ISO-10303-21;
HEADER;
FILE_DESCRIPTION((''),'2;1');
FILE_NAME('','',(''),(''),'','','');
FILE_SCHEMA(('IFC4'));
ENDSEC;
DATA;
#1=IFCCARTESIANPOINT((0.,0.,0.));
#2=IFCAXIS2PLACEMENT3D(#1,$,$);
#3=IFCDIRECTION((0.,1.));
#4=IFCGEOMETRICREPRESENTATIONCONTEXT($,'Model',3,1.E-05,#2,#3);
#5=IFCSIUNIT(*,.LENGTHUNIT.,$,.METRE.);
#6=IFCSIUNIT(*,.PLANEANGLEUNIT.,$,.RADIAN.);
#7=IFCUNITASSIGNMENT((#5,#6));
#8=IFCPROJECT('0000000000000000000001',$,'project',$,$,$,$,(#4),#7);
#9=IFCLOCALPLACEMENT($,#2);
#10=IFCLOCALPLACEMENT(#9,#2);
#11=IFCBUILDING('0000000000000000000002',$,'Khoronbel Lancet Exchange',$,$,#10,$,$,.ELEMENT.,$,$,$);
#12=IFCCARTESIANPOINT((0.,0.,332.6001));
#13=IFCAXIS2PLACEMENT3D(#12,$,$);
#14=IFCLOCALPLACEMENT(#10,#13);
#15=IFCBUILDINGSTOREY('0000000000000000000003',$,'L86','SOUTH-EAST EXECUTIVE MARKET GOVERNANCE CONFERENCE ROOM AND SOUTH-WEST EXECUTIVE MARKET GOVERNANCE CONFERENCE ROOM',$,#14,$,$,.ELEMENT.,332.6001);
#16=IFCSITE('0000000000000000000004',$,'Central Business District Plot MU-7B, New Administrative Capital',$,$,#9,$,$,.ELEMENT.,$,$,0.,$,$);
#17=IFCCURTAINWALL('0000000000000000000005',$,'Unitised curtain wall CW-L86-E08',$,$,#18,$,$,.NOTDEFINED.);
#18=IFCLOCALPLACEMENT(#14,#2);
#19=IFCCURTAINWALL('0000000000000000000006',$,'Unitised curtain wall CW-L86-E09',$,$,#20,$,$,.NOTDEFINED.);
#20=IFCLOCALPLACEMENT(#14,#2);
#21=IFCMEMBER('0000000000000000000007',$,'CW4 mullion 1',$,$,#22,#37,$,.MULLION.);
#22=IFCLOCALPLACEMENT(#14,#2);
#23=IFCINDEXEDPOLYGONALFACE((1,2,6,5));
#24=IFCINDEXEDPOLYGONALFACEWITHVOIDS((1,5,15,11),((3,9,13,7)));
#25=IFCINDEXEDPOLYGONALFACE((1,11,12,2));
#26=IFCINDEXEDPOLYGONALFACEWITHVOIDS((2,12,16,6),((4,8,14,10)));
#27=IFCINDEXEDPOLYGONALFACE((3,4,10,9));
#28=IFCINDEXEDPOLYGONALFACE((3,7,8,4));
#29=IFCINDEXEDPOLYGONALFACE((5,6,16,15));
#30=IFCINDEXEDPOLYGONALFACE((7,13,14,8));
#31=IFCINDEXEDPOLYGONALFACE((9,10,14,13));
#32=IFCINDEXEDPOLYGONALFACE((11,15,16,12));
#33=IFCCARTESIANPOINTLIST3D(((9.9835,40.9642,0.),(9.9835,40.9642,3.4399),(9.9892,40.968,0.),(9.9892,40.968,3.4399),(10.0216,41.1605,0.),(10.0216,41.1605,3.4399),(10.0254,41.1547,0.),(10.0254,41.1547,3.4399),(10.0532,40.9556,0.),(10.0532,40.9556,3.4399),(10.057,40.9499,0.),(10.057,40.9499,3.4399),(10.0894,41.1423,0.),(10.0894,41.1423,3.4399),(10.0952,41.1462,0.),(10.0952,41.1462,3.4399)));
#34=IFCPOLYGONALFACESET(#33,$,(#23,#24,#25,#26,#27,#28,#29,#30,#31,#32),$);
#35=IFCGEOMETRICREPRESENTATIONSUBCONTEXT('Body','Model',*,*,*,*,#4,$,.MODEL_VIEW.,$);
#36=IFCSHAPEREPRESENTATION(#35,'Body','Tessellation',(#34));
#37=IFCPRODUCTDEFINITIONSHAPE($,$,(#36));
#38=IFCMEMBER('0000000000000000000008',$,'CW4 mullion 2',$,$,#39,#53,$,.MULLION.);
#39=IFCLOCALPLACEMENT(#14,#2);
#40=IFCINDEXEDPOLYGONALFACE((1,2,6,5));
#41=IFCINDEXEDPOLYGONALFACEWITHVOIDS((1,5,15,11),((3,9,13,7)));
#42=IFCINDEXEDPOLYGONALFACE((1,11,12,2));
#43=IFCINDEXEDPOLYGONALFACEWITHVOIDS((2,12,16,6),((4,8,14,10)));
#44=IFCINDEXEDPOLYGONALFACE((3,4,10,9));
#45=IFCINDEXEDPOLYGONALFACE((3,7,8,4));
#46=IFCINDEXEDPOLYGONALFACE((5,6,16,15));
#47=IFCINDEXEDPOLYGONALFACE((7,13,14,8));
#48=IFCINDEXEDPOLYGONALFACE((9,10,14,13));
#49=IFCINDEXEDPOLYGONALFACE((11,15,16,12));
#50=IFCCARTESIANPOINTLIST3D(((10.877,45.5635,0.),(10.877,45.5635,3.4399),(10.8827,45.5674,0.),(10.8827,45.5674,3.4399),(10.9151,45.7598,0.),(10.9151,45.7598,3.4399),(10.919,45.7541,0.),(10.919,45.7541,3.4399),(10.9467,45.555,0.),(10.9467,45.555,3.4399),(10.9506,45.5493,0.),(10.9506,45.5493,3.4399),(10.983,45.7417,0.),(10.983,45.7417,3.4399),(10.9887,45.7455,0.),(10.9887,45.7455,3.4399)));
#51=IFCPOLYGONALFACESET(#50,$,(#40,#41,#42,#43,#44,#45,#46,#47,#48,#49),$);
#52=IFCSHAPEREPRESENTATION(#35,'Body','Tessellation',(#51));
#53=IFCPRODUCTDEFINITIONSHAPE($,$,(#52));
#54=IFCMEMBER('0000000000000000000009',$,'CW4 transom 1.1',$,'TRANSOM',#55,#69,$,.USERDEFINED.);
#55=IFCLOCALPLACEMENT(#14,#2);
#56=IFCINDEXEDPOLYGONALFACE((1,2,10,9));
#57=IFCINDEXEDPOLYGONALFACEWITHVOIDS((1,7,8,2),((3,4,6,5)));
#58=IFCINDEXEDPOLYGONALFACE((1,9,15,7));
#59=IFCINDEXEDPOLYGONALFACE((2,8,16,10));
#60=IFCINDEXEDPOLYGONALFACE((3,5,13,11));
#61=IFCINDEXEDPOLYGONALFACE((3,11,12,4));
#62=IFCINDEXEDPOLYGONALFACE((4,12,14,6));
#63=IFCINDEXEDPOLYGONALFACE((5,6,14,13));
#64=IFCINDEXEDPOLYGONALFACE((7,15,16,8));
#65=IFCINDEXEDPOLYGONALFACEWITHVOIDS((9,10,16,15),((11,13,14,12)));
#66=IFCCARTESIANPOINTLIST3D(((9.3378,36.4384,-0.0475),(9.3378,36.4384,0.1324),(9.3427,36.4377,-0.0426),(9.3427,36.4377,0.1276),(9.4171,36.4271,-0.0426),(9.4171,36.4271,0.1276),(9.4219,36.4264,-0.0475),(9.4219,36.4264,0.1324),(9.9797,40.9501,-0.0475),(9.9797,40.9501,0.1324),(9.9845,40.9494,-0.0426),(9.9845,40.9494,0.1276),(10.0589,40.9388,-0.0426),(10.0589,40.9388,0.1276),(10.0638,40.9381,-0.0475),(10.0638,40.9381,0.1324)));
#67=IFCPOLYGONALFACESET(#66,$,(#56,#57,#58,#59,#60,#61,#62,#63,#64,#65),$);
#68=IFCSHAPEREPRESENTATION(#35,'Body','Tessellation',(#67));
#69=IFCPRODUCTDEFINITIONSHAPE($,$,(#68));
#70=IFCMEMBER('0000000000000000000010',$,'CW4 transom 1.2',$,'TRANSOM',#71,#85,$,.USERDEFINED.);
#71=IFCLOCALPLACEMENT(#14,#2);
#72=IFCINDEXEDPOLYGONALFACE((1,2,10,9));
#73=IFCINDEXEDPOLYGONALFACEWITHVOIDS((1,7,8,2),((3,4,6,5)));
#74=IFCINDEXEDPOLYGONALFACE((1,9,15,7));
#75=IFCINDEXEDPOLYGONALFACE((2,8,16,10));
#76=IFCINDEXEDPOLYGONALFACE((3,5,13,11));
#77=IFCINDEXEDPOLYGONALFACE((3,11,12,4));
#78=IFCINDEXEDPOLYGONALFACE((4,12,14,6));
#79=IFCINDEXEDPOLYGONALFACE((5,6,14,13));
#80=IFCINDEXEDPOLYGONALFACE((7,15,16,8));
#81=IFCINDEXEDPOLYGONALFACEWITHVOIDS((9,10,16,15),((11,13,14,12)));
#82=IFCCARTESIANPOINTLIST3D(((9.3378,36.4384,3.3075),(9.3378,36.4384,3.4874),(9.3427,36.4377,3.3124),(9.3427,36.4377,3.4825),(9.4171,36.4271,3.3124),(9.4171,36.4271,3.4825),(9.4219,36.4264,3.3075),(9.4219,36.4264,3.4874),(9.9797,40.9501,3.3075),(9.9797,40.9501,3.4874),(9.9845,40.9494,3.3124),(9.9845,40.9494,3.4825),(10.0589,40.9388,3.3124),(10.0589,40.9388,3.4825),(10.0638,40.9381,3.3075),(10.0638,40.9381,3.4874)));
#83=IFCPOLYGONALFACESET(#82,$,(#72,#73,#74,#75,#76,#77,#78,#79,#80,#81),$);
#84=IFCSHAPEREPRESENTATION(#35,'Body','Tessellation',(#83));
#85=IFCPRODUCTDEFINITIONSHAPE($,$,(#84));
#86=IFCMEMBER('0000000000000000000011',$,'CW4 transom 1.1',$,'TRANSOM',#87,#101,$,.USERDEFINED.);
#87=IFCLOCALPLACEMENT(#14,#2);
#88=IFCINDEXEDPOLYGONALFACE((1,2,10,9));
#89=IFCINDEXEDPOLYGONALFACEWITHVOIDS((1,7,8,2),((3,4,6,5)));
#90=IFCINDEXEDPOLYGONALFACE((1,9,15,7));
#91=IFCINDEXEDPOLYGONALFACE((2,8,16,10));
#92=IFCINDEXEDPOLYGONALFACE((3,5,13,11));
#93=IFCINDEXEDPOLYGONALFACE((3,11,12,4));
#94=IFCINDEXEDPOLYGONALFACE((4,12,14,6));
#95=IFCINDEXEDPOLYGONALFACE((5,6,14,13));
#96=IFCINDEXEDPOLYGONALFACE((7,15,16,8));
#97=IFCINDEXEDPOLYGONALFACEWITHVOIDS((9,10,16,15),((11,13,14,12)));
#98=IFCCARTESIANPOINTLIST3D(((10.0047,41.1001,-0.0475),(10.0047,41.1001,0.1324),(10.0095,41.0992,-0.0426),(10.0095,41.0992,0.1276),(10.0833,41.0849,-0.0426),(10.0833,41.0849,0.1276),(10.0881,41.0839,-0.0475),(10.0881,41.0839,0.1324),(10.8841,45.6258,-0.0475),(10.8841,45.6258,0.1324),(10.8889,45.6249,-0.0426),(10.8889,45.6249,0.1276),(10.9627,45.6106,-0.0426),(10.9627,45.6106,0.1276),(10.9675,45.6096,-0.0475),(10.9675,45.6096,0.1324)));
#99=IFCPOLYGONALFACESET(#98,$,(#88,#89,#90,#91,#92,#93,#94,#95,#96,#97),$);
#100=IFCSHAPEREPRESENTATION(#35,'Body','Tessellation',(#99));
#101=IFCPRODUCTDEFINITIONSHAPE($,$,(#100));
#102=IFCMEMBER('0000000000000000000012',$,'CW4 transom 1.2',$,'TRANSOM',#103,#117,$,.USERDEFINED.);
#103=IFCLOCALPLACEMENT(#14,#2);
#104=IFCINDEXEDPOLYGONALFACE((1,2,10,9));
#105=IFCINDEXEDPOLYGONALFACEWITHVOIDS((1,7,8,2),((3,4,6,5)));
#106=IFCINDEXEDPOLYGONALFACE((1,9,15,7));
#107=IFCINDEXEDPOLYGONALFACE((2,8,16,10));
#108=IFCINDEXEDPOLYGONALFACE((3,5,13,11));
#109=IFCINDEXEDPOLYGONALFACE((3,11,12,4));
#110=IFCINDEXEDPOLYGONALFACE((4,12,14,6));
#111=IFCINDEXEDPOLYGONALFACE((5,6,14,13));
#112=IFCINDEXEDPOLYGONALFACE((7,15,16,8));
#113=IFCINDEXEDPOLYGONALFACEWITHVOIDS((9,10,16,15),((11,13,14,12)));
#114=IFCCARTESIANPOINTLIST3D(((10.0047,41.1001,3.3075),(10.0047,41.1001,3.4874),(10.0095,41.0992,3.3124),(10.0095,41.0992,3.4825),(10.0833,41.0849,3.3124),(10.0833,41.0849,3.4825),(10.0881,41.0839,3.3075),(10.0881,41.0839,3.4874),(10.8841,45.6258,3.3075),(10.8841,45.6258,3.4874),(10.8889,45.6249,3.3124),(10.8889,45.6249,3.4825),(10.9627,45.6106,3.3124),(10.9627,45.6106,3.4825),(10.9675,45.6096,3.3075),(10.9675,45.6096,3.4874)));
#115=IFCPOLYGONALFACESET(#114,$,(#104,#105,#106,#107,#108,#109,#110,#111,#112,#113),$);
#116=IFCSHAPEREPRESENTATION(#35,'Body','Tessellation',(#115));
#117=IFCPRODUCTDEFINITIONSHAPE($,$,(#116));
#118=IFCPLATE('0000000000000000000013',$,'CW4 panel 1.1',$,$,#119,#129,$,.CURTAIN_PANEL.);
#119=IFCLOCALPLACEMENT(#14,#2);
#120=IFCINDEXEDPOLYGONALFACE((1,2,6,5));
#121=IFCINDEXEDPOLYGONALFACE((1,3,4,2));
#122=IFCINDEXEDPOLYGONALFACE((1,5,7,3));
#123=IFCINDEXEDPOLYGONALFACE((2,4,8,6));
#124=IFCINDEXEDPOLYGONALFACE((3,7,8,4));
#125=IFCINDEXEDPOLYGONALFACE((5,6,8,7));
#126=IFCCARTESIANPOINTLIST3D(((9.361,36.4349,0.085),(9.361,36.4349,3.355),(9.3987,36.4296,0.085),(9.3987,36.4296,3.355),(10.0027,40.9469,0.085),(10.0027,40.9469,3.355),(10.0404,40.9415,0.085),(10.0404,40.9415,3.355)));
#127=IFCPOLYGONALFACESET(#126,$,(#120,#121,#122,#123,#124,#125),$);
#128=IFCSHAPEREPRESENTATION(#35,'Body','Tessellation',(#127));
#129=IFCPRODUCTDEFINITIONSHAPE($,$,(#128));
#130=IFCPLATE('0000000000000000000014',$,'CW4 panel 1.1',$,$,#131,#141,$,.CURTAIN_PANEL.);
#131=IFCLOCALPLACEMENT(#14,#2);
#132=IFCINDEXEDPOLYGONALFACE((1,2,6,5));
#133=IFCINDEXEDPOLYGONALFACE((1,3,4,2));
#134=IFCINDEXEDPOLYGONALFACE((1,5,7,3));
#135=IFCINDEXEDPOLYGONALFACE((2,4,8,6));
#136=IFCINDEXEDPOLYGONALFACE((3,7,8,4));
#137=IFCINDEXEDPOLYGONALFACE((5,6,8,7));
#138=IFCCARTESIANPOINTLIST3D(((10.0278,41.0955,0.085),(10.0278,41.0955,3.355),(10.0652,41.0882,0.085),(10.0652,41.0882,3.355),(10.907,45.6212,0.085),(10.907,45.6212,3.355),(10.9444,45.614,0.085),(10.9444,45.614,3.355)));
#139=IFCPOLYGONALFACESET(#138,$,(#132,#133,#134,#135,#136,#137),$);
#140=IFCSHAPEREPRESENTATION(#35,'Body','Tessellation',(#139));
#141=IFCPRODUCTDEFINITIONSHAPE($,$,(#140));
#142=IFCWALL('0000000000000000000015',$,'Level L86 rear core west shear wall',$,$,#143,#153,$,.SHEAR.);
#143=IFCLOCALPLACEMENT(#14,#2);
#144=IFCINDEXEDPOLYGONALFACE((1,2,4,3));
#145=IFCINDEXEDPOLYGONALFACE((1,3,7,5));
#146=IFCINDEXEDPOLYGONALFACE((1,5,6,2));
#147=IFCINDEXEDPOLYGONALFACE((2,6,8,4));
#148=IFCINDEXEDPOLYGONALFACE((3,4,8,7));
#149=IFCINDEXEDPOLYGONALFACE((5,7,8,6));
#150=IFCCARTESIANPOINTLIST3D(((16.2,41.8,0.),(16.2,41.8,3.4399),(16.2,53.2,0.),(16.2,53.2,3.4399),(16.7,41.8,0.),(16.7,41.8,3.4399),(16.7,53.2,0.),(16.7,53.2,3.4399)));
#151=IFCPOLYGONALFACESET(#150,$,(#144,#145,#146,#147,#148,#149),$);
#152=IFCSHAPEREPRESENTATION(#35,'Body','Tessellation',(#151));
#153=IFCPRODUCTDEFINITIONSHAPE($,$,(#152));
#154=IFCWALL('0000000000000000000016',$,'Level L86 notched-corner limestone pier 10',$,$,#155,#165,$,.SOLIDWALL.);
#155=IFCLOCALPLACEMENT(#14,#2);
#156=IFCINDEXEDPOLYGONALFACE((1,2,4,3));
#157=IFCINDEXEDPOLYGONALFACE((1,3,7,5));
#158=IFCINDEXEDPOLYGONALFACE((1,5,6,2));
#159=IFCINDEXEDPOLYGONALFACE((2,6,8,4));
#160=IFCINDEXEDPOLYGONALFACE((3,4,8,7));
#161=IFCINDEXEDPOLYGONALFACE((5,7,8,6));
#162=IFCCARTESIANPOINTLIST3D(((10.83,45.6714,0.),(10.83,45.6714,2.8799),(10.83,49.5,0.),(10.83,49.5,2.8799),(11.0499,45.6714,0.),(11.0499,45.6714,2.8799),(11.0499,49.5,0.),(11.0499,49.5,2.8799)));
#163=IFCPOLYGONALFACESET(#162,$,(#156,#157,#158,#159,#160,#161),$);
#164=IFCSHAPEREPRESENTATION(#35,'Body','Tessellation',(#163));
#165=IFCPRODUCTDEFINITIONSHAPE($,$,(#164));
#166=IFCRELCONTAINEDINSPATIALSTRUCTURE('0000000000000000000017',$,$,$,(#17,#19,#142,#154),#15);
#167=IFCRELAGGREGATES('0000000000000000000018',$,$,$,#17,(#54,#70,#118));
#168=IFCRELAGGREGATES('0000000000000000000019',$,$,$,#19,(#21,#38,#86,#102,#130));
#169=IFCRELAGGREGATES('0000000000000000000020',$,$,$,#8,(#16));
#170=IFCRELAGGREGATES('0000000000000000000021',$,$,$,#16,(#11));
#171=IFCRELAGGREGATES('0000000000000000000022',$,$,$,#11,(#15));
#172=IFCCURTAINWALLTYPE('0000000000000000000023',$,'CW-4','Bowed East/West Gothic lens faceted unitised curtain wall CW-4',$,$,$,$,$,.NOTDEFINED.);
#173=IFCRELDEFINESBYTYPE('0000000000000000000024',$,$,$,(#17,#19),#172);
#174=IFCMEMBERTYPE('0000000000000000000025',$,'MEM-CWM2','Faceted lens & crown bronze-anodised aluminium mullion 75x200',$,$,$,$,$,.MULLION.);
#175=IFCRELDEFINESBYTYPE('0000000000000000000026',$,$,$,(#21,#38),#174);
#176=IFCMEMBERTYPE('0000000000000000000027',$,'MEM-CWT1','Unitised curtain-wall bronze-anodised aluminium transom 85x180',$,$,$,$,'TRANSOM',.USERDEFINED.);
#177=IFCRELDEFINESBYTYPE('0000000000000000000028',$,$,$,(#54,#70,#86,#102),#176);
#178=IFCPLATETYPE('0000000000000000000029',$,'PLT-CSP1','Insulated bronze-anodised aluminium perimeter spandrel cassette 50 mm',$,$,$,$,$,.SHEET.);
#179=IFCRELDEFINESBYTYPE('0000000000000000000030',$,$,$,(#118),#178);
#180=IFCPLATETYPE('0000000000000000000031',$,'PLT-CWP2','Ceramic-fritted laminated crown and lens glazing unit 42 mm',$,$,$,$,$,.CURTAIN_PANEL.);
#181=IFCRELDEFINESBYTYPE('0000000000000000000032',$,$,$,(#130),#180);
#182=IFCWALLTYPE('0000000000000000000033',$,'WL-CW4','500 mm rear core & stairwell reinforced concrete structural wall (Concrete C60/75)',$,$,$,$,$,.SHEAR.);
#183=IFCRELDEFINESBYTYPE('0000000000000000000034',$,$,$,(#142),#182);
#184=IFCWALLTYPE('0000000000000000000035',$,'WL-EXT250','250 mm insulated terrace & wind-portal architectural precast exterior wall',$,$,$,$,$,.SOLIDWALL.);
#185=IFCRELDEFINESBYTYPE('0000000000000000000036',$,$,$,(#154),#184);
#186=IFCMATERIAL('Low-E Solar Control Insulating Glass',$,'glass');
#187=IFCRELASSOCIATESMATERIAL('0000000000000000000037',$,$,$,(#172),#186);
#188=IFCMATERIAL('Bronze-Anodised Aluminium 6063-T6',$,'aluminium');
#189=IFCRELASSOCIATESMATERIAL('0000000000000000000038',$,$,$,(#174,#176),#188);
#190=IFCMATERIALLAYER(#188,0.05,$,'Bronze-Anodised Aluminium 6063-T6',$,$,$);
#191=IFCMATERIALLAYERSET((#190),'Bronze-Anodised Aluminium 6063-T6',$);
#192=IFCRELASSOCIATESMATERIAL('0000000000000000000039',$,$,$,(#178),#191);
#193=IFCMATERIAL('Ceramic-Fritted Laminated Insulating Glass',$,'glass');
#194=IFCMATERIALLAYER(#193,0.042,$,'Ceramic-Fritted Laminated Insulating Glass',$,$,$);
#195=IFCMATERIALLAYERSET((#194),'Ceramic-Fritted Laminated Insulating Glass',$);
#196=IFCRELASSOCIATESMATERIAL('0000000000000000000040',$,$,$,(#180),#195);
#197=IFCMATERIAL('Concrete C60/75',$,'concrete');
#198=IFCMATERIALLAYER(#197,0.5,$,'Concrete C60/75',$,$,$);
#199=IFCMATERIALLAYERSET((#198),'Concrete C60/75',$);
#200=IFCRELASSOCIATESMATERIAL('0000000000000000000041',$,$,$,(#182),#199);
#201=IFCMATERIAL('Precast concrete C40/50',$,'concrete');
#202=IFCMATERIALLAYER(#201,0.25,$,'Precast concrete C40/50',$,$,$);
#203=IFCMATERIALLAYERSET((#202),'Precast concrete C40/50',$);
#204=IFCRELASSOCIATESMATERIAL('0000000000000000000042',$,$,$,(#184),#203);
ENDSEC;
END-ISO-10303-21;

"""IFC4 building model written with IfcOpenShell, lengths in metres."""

from ifc_helpers import new_model, si_unit, direction, frame, frame_2d, origin, origin_2d, place, context, subcontext, project, spatial, rectangle, hollow_rectangle, extrude, material, layer, layer_set, material_profile, profile_set, type_object, element, aggregate, save


model = new_model("IFC4")

# Units and contexts
model_context = context("Model", 3, precision=1e-05, world=origin(), true_north=direction((0.0, 1.0)))
body_context = subcontext(model_context, "Body", "Model", "MODEL_VIEW")
ifc_project = project(units=[si_unit("LENGTHUNIT", "METRE"), si_unit("PLANEANGLEUNIT", "RADIAN")], contexts=[model_context])

# Site, building, storey
site_placement = place(None, origin())
site = spatial("IfcSite", under=ifc_project, at=site_placement, Name="Central Business District Plot MU-7B, New Administrative Capital", CompositionType="ELEMENT", RefElevation=0.0)
building_placement = place(site_placement, origin())
building = spatial("IfcBuilding", under=site, at=building_placement, Name="Khoronbel Lancet Exchange", CompositionType="ELEMENT")
storey_placement = place(building_placement, frame((0.0, 0.0, 332.6001)))
storey = spatial("IfcBuildingStorey", under=building, at=storey_placement, Name="L86", Description="SOUTH-EAST EXECUTIVE MARKET GOVERNANCE CONFERENCE ROOM AND SOUTH-WEST EXECUTIVE MARKET GOVERNANCE CONFERENCE ROOM", CompositionType="ELEMENT", Elevation=332.6001)

# Shared definitions
ifc_material_1 = material(Name="Low-E Solar Control Insulating Glass", Category="glass")
curtain_wall_type = type_object("IfcCurtainWallType", Name="CW-4", Description="Bowed East/West Gothic lens faceted unitised curtain wall CW-4", PredefinedType="NOTDEFINED", material=ifc_material_1)
ifc_material_2 = material(Name="Bronze-Anodised Aluminium 6063-T6", Category="aluminium")
ifc_material_profile_1 = material_profile(ifc_material_2, hollow_rectangle(XDim=0.075, YDim=0.2, WallThickness=0.0049, at=origin_2d()), Name="ALU MULLION 75x200")
ifc_profile_set_1 = profile_set([ifc_material_profile_1], Name="Bronze-Anodised Aluminium 6063-T6")
member_type_1 = type_object("IfcMemberType", Name="MEM-CWM2", Description="Faceted lens & crown bronze-anodised aluminium mullion 75x200", PredefinedType="MULLION", material=ifc_profile_set_1)

# Curtain walls, members
curtain_wall_1_placement = place(storey_placement, origin())
curtain_wall_1 = element("IfcCurtainWall", 1, at=curtain_wall_1_placement, inside=storey, type_object=curtain_wall_type, Name="Unitised curtain wall CW-L86-E08", PredefinedType="NOTDEFINED")
curtain_wall_2_placement = place(storey_placement, origin())
curtain_wall_2 = element("IfcCurtainWall", 2, at=curtain_wall_2_placement, inside=storey, type_object=curtain_wall_type, Name="Unitised curtain wall CW-L86-E09", PredefinedType="NOTDEFINED")
member_1_placement = place(storey_placement, frame((10.0393, 41.0552, 0.0), z_axis=(0.0, 0.0, 1.0), x_axis=(-0.981648, 0.190704, 0.0)))
member_1 = element("IfcMember", 3, at=member_1_placement, type_object=member_type_1, Name="CW4 mullion 1", PredefinedType="MULLION", context=body_context, shape_type="SweptSolid", body=[
    extrude(hollow_rectangle(XDim=0.075, YDim=0.2, WallThickness=0.0049, at=origin_2d()), origin(), (0.0, 0.0, 1.0), 3.4399),
])
member_2_placement = place(storey_placement, frame((10.9329, 45.6545, 0.0), z_axis=(0.0, 0.0, 1.0), x_axis=(-0.981648, 0.190704, 0.0)))
member_2 = element("IfcMember", 4, at=member_2_placement, type_object=member_type_1, Name="CW4 mullion 2", PredefinedType="MULLION", context=body_context, shape_type="SweptSolid", body=[
    extrude(hollow_rectangle(XDim=0.075, YDim=0.2, WallThickness=0.0049, at=origin_2d()), origin(), (0.0, 0.0, 1.0), 3.4399),
])

# Members
ifc_material_profile_2 = material_profile(ifc_material_2, hollow_rectangle(XDim=0.085, YDim=0.1799, WallThickness=0.0049, at=origin_2d()), Name="ALU TRANSOM 85x180")
ifc_profile_set_2 = profile_set([ifc_material_profile_2], Name="Bronze-Anodised Aluminium 6063-T6")
member_type_2 = type_object("IfcMemberType", Name="MEM-CWT1", Description="Unitised curtain-wall bronze-anodised aluminium transom 85x180", ElementType="TRANSOM", PredefinedType="USERDEFINED", material=ifc_profile_set_2)
member_3_placement = place(storey_placement, frame((9.3799, 36.4324, 0.0425), z_axis=(0.140844, 0.990032, 0.0), x_axis=(-0.990032, 0.140844, 0.0)))
member_3 = element("IfcMember", 5, at=member_3_placement, type_object=member_type_2, Name="CW4 transom 1.1", ObjectType="TRANSOM", PredefinedType="USERDEFINED", context=body_context, shape_type="SweptSolid", body=[
    extrude(hollow_rectangle(XDim=0.085, YDim=0.1799, WallThickness=0.0049, at=origin_2d()), origin(), (0.0, 0.0, 1.0), 4.5571),
])
member_4_placement = place(storey_placement, frame((9.3799, 36.4324, 3.3975), z_axis=(0.140844, 0.990032, 0.0), x_axis=(-0.990032, 0.140844, 0.0)))
member_4 = element("IfcMember", 6, at=member_4_placement, type_object=member_type_2, Name="CW4 transom 1.2", ObjectType="TRANSOM", PredefinedType="USERDEFINED", context=body_context, shape_type="SweptSolid", body=[
    extrude(hollow_rectangle(XDim=0.085, YDim=0.1799, WallThickness=0.0049, at=origin_2d()), origin(), (0.0, 0.0, 1.0), 4.5571),
])
member_5_placement = place(storey_placement, frame((10.0464, 41.092, 0.0425), z_axis=(0.190746, 0.981639, 0.0), x_axis=(-0.981639, 0.190746, 0.0)))
member_5 = element("IfcMember", 7, at=member_5_placement, type_object=member_type_2, Name="CW4 transom 1.1", ObjectType="TRANSOM", PredefinedType="USERDEFINED", context=body_context, shape_type="SweptSolid", body=[
    extrude(hollow_rectangle(XDim=0.085, YDim=0.1799, WallThickness=0.0049, at=origin_2d()), origin(), (0.0, 0.0, 1.0), 4.6104),
])
member_6_placement = place(storey_placement, frame((10.0464, 41.092, 3.3975), z_axis=(0.190746, 0.981639, 0.0), x_axis=(-0.981639, 0.190746, 0.0)))
member_6 = element("IfcMember", 8, at=member_6_placement, type_object=member_type_2, Name="CW4 transom 1.2", ObjectType="TRANSOM", PredefinedType="USERDEFINED", context=body_context, shape_type="SweptSolid", body=[
    extrude(hollow_rectangle(XDim=0.085, YDim=0.1799, WallThickness=0.0049, at=origin_2d()), origin(), (0.0, 0.0, 1.0), 4.6104),
])

# Plates
ifc_layer_1 = layer(ifc_material_2, 0.05, Name="Bronze-Anodised Aluminium 6063-T6")
ifc_layer_set_1 = layer_set([ifc_layer_1], Name="Bronze-Anodised Aluminium 6063-T6")
plate_type_1 = type_object("IfcPlateType", Name="PLT-CSP1", Description="Insulated bronze-anodised aluminium perimeter spandrel cassette 50 mm", PredefinedType="SHEET", material=ifc_layer_set_1)
plate_1_placement = place(storey_placement, frame((9.7007, 38.6882, 0.085), z_axis=(0.0, 0.0, 1.0), x_axis=(0.140803, 0.990038, 0.0)))
plate_1 = element("IfcPlate", 9, at=plate_1_placement, type_object=plate_type_1, Name="CW4 panel 1.1", PredefinedType="CURTAIN_PANEL", context=body_context, shape_type="SweptSolid", body=[
    extrude(rectangle(XDim=4.5574, YDim=0.0381, at=origin_2d()), origin(), (0.0, 0.0, 1.0), 3.27),
])
aggregate(curtain_wall_1, [member_3, member_4, plate_1])
ifc_material_3 = material(Name="Ceramic-Fritted Laminated Insulating Glass", Category="glass")
ifc_layer_2 = layer(ifc_material_3, 0.042, Name="Ceramic-Fritted Laminated Insulating Glass")
ifc_layer_set_2 = layer_set([ifc_layer_2], Name="Ceramic-Fritted Laminated Insulating Glass")
plate_type_2 = type_object("IfcPlateType", Name="PLT-CWP2", Description="Ceramic-fritted laminated crown and lens glazing unit 42 mm", PredefinedType="CURTAIN_PANEL", material=ifc_layer_set_2)
plate_2_placement = place(storey_placement, frame((10.4861, 43.3547, 0.085), z_axis=(0.0, 0.0, 1.0), x_axis=(0.190704, 0.981648, 0.0)))
plate_2 = element("IfcPlate", 10, at=plate_2_placement, type_object=plate_type_2, Name="CW4 panel 1.1", PredefinedType="CURTAIN_PANEL", context=body_context, shape_type="SweptSolid", body=[
    extrude(rectangle(XDim=4.6104, YDim=0.0381, at=origin_2d()), origin(), (0.0, 0.0, 1.0), 3.27),
])
aggregate(curtain_wall_2, [member_1, member_2, member_5, member_6, plate_2])

# Walls
ifc_material_4 = material(Name="Concrete C60/75", Category="concrete")
ifc_layer_3 = layer(ifc_material_4, 0.5, Name="Concrete C60/75")
ifc_layer_set_3 = layer_set([ifc_layer_3], Name="Concrete C60/75")
wall_type_1 = type_object("IfcWallType", Name="WL-CW4", Description="500 mm rear core & stairwell reinforced concrete structural wall (Concrete C60/75)", PredefinedType="SHEAR", material=ifc_layer_set_3)
wall_1_placement = place(storey_placement, frame((16.45, 41.8, 0.0), z_axis=(0.0, 0.0, 1.0), x_axis=(0.0, 1.0, 0.0)))
element("IfcWall", 11, at=wall_1_placement, inside=storey, type_object=wall_type_1, Name="Level L86 rear core west shear wall", PredefinedType="SHEAR", context=body_context, shape_type="SweptSolid", body=[
    extrude(rectangle(XDim=11.3999, YDim=0.5, at=frame_2d((5.7, 0.0))), origin(), (0.0, 0.0, 1.0), 3.4399),
])
ifc_material_5 = material(Name="Precast concrete C40/50", Category="concrete")
ifc_layer_4 = layer(ifc_material_5, 0.25, Name="Precast concrete C40/50")
ifc_layer_set_4 = layer_set([ifc_layer_4], Name="Precast concrete C40/50")
wall_type_2 = type_object("IfcWallType", Name="WL-EXT250", Description="250 mm insulated terrace & wind-portal architectural precast exterior wall", PredefinedType="SOLIDWALL", material=ifc_layer_set_4)
wall_2_placement = place(storey_placement, frame((10.9399, 45.6714, 0.0), z_axis=(0.0, 0.0, 1.0), x_axis=(0.0, 1.0, 0.0)))
element("IfcWall", 12, at=wall_2_placement, inside=storey, type_object=wall_type_2, Name="Level L86 notched-corner limestone pier 10", PredefinedType="SOLIDWALL", context=body_context, shape_type="SweptSolid", body=[
    extrude(rectangle(XDim=3.8286, YDim=0.22, at=frame_2d((1.9143, 0.0))), origin(), (0.0, 0.0, 1.0), 2.8799),
])

save(model, "model.ifc")
